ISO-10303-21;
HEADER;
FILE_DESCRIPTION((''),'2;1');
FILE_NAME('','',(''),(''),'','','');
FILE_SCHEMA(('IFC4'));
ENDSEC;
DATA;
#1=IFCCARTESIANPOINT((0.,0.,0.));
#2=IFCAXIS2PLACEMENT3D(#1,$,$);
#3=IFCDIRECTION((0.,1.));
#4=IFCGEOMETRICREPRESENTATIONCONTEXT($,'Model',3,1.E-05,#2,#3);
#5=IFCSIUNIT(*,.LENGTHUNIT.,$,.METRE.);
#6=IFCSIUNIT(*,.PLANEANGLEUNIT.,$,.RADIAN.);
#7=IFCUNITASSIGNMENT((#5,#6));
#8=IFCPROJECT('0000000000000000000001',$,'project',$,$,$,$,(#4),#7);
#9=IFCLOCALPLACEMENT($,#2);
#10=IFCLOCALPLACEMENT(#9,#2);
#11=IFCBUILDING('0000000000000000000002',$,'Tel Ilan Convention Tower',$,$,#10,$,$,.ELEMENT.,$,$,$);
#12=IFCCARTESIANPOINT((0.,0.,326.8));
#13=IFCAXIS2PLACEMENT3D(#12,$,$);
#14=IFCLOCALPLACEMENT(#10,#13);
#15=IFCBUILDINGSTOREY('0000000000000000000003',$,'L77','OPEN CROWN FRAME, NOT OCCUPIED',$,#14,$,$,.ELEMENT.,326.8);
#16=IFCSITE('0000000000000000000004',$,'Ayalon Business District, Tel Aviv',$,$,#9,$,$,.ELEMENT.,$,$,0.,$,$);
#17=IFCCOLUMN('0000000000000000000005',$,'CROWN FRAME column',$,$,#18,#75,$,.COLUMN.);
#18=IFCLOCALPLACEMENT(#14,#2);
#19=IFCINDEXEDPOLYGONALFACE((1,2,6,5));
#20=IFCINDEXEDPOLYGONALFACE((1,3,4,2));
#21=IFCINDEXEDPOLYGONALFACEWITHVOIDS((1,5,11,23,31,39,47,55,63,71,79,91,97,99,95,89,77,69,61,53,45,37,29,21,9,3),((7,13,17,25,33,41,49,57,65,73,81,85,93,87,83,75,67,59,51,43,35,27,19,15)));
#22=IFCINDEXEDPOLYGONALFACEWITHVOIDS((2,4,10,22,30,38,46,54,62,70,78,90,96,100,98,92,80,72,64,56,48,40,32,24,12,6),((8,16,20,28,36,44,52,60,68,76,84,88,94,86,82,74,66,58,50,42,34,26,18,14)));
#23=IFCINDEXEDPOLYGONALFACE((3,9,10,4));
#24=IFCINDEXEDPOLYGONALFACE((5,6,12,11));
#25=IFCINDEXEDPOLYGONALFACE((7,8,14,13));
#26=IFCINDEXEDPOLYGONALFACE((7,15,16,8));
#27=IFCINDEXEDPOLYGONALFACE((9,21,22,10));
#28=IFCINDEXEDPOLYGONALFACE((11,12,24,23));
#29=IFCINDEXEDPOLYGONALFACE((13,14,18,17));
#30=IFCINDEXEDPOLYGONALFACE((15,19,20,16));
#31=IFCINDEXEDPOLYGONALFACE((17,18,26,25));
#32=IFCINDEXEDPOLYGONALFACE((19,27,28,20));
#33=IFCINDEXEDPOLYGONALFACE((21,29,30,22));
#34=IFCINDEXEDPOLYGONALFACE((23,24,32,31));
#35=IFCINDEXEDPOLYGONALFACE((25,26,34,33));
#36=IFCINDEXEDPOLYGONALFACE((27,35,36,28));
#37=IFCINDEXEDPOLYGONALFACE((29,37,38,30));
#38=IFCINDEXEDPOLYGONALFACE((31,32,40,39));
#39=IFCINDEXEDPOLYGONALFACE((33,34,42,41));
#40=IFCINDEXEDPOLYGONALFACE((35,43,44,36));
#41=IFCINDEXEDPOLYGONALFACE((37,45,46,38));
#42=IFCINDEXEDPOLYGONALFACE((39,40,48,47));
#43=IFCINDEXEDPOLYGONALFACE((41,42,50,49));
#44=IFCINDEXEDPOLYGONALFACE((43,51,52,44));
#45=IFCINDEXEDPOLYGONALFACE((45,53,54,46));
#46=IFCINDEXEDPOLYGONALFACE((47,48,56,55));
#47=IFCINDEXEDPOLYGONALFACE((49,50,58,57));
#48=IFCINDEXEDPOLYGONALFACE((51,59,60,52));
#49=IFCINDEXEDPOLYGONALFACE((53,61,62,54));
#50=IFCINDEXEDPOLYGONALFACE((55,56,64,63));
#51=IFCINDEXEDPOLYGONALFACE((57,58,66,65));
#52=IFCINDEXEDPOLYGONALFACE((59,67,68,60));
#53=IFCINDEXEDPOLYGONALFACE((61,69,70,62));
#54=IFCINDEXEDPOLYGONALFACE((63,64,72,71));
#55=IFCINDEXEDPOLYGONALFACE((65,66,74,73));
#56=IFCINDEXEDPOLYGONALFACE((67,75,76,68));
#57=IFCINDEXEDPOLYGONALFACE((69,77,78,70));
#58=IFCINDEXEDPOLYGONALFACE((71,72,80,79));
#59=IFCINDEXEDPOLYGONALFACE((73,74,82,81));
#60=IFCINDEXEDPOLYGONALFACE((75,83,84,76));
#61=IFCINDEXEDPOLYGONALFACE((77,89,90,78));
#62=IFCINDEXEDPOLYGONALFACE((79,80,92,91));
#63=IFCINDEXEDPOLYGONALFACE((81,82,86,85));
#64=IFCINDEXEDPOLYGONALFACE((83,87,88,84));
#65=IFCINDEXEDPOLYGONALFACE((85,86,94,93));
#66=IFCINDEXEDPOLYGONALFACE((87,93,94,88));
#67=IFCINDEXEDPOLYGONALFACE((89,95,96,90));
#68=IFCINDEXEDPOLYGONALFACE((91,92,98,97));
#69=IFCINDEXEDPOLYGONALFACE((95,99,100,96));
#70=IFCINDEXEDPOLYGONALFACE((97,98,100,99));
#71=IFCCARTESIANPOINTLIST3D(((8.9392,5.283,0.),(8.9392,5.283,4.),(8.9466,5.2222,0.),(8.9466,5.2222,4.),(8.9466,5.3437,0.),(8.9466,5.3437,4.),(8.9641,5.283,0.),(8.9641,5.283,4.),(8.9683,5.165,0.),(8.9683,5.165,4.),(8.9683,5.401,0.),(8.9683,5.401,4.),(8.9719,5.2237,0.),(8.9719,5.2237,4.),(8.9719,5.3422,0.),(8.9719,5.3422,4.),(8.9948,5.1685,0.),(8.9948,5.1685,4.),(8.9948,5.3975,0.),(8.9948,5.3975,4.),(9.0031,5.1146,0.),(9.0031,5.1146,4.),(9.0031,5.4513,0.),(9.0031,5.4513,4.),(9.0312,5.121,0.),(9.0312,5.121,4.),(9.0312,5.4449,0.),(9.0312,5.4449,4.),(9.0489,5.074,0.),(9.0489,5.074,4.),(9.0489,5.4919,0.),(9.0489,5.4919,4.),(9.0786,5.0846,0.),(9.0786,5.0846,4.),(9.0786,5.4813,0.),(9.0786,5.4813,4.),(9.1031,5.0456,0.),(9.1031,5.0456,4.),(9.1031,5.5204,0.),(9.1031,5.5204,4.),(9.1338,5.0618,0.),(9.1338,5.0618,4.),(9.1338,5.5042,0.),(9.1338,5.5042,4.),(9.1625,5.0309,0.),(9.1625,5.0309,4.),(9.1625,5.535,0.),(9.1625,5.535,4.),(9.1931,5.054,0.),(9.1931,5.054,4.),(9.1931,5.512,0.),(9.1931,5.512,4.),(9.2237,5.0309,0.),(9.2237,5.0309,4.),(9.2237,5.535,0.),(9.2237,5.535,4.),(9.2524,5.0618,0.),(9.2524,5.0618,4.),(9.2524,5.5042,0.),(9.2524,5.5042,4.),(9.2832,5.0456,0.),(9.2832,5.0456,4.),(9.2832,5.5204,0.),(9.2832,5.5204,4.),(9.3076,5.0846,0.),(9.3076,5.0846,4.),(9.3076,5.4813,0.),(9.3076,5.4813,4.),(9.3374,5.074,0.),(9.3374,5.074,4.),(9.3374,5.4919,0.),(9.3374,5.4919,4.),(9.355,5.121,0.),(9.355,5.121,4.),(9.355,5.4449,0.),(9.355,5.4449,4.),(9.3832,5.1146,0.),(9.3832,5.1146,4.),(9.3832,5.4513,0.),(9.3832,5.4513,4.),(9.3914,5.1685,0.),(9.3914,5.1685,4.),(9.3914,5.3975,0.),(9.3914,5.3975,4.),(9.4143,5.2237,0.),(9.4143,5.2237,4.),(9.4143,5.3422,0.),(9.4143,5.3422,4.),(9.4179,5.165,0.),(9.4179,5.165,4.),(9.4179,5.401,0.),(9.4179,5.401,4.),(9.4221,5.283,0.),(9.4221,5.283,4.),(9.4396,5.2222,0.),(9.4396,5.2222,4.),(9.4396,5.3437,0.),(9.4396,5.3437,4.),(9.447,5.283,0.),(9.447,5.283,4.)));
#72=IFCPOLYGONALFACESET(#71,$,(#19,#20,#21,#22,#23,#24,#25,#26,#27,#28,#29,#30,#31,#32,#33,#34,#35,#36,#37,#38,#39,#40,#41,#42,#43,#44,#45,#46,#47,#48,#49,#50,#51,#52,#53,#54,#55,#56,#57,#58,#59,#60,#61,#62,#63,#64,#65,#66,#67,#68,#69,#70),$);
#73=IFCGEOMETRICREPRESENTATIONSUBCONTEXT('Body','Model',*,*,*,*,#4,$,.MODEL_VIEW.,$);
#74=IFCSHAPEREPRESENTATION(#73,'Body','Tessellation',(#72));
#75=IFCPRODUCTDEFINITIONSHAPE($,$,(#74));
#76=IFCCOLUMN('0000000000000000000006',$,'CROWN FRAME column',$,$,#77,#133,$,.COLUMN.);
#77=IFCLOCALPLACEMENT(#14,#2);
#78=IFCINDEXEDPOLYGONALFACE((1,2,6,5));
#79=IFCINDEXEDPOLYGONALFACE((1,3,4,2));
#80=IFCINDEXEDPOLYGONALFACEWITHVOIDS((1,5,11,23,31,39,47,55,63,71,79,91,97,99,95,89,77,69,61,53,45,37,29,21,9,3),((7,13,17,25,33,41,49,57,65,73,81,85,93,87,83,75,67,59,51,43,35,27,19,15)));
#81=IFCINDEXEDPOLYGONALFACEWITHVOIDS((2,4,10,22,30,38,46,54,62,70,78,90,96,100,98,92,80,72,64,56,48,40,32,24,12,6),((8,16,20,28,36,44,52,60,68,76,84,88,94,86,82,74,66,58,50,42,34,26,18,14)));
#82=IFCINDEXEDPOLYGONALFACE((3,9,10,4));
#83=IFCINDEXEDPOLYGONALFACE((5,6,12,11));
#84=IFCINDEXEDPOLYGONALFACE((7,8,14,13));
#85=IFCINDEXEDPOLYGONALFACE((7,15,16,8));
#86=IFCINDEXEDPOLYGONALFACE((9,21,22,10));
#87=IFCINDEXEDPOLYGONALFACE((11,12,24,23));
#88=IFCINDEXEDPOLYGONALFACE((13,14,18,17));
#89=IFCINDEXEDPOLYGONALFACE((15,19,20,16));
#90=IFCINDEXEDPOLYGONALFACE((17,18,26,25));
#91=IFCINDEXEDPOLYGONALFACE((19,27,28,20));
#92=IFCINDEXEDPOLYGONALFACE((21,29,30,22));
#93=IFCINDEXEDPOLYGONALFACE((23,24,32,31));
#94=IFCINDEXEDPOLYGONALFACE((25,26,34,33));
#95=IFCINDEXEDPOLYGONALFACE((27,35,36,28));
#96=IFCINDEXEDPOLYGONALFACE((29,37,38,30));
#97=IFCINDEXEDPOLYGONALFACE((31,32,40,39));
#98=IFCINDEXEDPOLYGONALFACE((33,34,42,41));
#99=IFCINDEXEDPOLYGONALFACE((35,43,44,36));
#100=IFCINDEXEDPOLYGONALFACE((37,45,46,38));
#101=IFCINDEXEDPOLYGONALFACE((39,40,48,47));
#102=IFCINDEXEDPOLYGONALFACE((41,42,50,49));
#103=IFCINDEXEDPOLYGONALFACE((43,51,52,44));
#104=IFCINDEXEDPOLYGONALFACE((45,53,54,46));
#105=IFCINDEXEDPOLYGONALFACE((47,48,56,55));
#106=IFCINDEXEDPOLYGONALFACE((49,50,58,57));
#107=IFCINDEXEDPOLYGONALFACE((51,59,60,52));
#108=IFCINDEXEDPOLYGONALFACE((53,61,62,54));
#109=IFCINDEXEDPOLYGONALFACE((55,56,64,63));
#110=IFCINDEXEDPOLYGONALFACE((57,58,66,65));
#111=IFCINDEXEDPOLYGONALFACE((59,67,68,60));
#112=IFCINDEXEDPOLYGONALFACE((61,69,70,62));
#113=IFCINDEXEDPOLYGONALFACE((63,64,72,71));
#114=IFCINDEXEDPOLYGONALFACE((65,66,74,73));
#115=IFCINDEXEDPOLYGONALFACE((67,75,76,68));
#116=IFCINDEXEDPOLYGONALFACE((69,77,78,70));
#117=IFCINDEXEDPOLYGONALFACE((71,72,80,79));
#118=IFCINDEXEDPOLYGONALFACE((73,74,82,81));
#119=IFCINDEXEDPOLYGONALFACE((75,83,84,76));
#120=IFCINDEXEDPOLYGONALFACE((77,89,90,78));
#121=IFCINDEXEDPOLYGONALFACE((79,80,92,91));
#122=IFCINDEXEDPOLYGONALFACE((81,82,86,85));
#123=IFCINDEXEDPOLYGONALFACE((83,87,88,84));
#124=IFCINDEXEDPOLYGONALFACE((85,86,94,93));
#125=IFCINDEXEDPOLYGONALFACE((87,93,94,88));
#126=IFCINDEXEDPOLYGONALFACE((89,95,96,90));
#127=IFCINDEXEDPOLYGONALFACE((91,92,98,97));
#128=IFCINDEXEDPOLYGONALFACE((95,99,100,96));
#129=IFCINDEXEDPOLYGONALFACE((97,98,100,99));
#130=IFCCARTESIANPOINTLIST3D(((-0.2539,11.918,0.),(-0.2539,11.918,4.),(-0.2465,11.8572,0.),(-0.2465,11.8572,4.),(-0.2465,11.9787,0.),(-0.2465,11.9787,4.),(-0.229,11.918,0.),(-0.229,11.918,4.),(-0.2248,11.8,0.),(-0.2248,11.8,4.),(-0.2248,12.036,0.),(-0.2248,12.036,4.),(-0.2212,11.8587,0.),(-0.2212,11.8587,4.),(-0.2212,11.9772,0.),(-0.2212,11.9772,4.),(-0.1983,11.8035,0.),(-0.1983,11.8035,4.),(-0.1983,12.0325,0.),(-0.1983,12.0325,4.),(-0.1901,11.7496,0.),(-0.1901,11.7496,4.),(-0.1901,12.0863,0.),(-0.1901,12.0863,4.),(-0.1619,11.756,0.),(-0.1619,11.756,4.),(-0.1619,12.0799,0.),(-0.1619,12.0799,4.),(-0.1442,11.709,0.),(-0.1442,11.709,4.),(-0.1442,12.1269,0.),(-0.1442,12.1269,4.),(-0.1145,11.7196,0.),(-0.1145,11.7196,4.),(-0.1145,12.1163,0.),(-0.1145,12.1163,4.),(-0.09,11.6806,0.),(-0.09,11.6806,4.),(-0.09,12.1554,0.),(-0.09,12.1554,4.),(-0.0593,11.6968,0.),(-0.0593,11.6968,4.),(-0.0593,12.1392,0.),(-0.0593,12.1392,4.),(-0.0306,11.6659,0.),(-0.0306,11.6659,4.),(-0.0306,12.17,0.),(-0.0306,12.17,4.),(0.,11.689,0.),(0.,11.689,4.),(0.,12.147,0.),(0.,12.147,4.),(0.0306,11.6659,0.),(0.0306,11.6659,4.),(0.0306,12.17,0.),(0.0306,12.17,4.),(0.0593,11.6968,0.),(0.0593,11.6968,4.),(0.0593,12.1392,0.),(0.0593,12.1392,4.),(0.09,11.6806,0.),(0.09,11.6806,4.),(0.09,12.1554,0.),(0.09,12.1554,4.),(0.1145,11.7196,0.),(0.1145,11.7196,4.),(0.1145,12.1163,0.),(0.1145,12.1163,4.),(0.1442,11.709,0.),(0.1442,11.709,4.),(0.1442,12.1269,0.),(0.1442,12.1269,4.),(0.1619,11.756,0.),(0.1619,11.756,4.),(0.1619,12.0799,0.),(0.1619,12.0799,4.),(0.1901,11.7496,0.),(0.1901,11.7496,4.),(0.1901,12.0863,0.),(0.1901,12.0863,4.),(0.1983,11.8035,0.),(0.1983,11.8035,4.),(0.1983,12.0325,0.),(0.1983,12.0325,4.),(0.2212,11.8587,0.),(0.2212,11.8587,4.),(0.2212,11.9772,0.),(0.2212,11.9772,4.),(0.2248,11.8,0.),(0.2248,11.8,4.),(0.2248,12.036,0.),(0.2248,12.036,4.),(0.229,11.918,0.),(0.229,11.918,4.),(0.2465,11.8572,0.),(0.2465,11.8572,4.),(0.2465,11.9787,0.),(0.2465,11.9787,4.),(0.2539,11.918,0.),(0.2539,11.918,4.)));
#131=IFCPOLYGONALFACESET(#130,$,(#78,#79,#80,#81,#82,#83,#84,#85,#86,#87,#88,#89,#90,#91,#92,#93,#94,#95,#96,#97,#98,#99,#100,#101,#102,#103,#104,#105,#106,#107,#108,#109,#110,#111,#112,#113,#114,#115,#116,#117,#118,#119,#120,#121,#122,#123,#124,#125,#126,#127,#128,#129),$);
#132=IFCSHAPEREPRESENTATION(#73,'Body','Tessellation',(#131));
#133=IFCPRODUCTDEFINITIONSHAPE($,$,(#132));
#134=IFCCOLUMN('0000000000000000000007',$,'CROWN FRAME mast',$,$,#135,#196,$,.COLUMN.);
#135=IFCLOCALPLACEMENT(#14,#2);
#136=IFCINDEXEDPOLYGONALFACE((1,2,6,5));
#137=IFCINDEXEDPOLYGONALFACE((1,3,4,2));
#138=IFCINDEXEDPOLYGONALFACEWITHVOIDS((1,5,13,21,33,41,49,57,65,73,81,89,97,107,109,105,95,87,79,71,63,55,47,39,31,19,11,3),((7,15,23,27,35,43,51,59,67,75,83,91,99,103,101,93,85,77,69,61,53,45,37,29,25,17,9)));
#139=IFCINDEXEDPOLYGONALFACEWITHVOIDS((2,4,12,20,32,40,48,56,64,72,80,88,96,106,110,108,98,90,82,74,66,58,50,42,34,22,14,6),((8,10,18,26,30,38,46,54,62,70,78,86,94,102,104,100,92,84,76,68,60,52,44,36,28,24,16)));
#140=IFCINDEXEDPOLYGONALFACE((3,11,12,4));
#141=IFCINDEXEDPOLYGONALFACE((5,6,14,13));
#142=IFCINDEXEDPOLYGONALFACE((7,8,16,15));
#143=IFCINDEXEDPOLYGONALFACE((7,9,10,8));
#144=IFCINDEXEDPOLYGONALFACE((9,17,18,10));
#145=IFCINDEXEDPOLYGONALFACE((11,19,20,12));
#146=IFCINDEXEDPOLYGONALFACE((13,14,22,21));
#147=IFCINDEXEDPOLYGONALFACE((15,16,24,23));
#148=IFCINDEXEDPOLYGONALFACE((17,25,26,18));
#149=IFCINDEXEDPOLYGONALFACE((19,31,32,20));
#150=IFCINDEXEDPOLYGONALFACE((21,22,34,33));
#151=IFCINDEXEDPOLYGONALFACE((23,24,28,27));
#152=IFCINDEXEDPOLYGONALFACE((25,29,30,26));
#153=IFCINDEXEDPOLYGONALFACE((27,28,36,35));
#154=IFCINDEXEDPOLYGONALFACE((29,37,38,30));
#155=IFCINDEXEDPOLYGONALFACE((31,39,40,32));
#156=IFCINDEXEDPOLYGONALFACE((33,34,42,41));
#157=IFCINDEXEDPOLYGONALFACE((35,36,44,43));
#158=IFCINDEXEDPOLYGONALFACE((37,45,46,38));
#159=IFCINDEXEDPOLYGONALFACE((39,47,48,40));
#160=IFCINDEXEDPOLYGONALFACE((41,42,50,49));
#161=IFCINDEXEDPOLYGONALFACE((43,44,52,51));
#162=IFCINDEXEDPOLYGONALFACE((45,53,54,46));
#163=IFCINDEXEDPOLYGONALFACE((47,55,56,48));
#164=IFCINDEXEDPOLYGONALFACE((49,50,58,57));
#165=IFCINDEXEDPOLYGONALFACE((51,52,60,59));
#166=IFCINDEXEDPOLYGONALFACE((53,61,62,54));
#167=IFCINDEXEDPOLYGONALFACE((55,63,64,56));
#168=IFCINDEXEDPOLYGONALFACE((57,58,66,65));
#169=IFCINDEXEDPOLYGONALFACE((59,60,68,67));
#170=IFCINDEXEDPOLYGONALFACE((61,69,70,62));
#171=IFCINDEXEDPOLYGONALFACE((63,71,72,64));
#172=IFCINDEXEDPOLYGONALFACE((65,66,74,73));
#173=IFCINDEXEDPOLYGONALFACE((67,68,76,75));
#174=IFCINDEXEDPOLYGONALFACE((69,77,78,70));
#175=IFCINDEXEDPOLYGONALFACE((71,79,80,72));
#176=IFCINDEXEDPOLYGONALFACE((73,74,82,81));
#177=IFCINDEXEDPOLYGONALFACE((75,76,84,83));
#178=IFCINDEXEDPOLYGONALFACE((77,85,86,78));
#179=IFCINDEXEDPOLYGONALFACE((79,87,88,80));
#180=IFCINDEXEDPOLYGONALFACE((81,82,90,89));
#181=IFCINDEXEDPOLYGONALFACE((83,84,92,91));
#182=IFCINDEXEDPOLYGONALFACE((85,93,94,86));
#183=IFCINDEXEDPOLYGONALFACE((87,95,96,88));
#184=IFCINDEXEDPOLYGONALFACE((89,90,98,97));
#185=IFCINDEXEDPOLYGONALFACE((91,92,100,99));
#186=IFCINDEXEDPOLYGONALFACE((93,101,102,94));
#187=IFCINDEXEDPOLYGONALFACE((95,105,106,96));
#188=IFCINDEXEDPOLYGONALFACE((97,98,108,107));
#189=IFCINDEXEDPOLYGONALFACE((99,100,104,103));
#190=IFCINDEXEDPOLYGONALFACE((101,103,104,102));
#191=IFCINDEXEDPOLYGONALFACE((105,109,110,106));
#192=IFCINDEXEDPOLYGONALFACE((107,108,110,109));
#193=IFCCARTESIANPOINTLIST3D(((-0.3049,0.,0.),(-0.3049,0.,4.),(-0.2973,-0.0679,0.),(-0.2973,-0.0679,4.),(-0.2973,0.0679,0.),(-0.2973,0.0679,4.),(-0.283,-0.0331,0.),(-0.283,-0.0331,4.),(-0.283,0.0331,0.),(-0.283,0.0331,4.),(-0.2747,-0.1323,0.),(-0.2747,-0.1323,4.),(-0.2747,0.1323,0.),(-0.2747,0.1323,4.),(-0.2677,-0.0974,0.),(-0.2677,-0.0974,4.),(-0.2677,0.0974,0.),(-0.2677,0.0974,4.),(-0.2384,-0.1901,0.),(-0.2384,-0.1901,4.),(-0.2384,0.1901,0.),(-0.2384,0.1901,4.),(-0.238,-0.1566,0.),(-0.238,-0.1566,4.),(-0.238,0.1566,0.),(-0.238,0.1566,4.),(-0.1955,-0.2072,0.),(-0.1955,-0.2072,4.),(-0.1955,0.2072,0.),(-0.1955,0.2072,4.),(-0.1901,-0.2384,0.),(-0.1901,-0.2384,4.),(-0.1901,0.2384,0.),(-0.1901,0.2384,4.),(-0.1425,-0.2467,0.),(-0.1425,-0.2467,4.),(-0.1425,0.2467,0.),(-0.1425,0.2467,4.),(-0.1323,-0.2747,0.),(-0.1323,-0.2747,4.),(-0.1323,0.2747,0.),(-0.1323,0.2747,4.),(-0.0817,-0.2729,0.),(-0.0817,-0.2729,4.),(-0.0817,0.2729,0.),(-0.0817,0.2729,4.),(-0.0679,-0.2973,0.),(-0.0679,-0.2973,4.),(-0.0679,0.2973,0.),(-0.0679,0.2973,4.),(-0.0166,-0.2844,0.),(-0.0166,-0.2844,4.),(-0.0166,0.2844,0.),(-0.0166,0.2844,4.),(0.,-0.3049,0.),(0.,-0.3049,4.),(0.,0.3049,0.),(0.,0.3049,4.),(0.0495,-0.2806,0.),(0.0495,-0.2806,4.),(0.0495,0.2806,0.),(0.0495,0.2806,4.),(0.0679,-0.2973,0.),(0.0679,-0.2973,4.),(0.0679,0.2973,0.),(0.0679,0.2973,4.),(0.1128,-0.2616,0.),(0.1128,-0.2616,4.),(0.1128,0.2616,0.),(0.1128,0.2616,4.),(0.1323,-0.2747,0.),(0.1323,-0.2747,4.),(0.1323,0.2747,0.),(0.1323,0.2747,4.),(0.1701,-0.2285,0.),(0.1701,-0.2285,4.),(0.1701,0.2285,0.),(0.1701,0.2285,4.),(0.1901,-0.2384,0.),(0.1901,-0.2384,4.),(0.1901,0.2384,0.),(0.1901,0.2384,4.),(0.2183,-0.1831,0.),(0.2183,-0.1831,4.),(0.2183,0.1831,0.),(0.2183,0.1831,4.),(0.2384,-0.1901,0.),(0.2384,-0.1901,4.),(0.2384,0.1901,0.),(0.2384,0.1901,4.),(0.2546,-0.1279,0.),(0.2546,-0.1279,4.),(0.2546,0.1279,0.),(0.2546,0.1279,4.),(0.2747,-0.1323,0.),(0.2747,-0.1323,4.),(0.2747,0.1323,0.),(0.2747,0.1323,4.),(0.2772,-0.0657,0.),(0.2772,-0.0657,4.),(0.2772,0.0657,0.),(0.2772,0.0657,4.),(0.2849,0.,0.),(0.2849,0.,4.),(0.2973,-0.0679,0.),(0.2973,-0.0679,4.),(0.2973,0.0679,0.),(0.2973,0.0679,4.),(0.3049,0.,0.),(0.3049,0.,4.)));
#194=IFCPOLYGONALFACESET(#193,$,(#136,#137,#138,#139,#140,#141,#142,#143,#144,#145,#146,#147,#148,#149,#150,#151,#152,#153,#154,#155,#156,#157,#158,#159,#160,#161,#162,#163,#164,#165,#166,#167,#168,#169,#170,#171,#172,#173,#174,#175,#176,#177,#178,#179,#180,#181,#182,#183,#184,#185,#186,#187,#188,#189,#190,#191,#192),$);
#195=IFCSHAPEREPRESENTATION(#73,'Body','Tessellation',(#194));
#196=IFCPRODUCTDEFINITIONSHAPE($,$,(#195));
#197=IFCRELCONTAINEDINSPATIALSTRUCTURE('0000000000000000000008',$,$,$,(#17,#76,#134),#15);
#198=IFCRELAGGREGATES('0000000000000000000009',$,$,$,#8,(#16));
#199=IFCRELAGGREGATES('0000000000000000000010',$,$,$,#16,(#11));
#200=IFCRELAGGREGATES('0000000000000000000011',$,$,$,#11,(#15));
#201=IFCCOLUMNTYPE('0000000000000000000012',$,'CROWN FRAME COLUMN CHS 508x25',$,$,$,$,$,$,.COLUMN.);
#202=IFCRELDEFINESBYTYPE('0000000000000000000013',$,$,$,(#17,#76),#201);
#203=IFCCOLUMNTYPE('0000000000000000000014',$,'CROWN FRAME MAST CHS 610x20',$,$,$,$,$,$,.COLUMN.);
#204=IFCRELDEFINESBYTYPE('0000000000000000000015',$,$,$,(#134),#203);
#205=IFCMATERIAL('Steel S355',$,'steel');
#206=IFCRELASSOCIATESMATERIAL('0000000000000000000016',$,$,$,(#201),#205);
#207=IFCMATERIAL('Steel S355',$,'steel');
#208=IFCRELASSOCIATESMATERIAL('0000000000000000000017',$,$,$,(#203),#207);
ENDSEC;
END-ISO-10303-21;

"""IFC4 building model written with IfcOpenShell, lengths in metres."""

from ifc_helpers import new_model, si_unit, direction, frame, origin, origin_with_axes, origin_2d, place, context, subcontext, project, spatial, hollow_circle, extrude, material, material_profile, profile_set, type_object, element, save


model = new_model("IFC4")

# Units and contexts
model_context = context("Model", 3, precision=1e-05, world=origin(), true_north=direction((0.0, 1.0)))
body_context = subcontext(model_context, "Body", "Model", "MODEL_VIEW")
ifc_project = project(units=[si_unit("LENGTHUNIT", "METRE"), si_unit("PLANEANGLEUNIT", "RADIAN")], contexts=[model_context])

# Site, building, storey
site_placement = place(None, origin())
site = spatial("IfcSite", under=ifc_project, at=site_placement, Name="Ayalon Business District, Tel Aviv", CompositionType="ELEMENT", RefElevation=0.0)
building_placement = place(site_placement, origin())
building = spatial("IfcBuilding", under=site, at=building_placement, Name="Tel Ilan Convention Tower", CompositionType="ELEMENT")
storey_placement = place(building_placement, frame((0.0, 0.0, 326.8)))
storey = spatial("IfcBuildingStorey", under=building, at=storey_placement, Name="L77", Description="OPEN CROWN FRAME, NOT OCCUPIED", CompositionType="ELEMENT", Elevation=326.8)

# Columns
ifc_material_1 = material(Name="Steel S355", Category="steel")
ifc_material_profile_1 = material_profile(ifc_material_1, hollow_circle(Radius=0.2539, WallThickness=0.0249, at=origin_2d()), Name="CHS 508x25")
ifc_profile_set_1 = profile_set([ifc_material_profile_1], Name="Steel S355")
column_type_1 = type_object("IfcColumnType", Name="CROWN FRAME COLUMN CHS 508x25", PredefinedType="COLUMN", material=ifc_profile_set_1)
for number, where, z_axis, x_axis, name in (
    (1, (9.1931, 5.283, 0.0), (0.0, 0.0, 1.0), (1.0, 0.0, 0.0), "CROWN FRAME column"),
    (2, (0.0, 11.918, 0.0), (0.0, 0.0, 1.0), (1.0, 0.0, 0.0), "CROWN FRAME column"),
):
    element("IfcColumn", number, at=place(storey_placement, frame(where, z_axis=z_axis, x_axis=x_axis)), inside=storey, type_object=column_type_1, Name=name, PredefinedType="COLUMN", context=body_context, shape_type="SweptSolid", body=[
        extrude(hollow_circle(Radius=0.2539, WallThickness=0.0249, at=origin_2d()), origin(), (0.0, 0.0, 1.0), 4.0),
    ])
ifc_material_2 = material(Name="Steel S355", Category="steel")
ifc_material_profile_2 = material_profile(ifc_material_2, hollow_circle(Radius=0.3049, WallThickness=0.02, at=origin_2d()), Name="CHS 610x20")
ifc_profile_set_2 = profile_set([ifc_material_profile_2], Name="Steel S355")
column_type_2 = type_object("IfcColumnType", Name="CROWN FRAME MAST CHS 610x20", PredefinedType="COLUMN", material=ifc_profile_set_2)
column_placement = place(storey_placement, origin_with_axes())
element("IfcColumn", 3, at=column_placement, inside=storey, type_object=column_type_2, Name="CROWN FRAME mast", PredefinedType="COLUMN", context=body_context, shape_type="SweptSolid", body=[
    extrude(hollow_circle(Radius=0.3049, WallThickness=0.02, at=origin_2d()), origin(), (0.0, 0.0, 1.0), 4.0),
])

save(model, "model.ifc")
